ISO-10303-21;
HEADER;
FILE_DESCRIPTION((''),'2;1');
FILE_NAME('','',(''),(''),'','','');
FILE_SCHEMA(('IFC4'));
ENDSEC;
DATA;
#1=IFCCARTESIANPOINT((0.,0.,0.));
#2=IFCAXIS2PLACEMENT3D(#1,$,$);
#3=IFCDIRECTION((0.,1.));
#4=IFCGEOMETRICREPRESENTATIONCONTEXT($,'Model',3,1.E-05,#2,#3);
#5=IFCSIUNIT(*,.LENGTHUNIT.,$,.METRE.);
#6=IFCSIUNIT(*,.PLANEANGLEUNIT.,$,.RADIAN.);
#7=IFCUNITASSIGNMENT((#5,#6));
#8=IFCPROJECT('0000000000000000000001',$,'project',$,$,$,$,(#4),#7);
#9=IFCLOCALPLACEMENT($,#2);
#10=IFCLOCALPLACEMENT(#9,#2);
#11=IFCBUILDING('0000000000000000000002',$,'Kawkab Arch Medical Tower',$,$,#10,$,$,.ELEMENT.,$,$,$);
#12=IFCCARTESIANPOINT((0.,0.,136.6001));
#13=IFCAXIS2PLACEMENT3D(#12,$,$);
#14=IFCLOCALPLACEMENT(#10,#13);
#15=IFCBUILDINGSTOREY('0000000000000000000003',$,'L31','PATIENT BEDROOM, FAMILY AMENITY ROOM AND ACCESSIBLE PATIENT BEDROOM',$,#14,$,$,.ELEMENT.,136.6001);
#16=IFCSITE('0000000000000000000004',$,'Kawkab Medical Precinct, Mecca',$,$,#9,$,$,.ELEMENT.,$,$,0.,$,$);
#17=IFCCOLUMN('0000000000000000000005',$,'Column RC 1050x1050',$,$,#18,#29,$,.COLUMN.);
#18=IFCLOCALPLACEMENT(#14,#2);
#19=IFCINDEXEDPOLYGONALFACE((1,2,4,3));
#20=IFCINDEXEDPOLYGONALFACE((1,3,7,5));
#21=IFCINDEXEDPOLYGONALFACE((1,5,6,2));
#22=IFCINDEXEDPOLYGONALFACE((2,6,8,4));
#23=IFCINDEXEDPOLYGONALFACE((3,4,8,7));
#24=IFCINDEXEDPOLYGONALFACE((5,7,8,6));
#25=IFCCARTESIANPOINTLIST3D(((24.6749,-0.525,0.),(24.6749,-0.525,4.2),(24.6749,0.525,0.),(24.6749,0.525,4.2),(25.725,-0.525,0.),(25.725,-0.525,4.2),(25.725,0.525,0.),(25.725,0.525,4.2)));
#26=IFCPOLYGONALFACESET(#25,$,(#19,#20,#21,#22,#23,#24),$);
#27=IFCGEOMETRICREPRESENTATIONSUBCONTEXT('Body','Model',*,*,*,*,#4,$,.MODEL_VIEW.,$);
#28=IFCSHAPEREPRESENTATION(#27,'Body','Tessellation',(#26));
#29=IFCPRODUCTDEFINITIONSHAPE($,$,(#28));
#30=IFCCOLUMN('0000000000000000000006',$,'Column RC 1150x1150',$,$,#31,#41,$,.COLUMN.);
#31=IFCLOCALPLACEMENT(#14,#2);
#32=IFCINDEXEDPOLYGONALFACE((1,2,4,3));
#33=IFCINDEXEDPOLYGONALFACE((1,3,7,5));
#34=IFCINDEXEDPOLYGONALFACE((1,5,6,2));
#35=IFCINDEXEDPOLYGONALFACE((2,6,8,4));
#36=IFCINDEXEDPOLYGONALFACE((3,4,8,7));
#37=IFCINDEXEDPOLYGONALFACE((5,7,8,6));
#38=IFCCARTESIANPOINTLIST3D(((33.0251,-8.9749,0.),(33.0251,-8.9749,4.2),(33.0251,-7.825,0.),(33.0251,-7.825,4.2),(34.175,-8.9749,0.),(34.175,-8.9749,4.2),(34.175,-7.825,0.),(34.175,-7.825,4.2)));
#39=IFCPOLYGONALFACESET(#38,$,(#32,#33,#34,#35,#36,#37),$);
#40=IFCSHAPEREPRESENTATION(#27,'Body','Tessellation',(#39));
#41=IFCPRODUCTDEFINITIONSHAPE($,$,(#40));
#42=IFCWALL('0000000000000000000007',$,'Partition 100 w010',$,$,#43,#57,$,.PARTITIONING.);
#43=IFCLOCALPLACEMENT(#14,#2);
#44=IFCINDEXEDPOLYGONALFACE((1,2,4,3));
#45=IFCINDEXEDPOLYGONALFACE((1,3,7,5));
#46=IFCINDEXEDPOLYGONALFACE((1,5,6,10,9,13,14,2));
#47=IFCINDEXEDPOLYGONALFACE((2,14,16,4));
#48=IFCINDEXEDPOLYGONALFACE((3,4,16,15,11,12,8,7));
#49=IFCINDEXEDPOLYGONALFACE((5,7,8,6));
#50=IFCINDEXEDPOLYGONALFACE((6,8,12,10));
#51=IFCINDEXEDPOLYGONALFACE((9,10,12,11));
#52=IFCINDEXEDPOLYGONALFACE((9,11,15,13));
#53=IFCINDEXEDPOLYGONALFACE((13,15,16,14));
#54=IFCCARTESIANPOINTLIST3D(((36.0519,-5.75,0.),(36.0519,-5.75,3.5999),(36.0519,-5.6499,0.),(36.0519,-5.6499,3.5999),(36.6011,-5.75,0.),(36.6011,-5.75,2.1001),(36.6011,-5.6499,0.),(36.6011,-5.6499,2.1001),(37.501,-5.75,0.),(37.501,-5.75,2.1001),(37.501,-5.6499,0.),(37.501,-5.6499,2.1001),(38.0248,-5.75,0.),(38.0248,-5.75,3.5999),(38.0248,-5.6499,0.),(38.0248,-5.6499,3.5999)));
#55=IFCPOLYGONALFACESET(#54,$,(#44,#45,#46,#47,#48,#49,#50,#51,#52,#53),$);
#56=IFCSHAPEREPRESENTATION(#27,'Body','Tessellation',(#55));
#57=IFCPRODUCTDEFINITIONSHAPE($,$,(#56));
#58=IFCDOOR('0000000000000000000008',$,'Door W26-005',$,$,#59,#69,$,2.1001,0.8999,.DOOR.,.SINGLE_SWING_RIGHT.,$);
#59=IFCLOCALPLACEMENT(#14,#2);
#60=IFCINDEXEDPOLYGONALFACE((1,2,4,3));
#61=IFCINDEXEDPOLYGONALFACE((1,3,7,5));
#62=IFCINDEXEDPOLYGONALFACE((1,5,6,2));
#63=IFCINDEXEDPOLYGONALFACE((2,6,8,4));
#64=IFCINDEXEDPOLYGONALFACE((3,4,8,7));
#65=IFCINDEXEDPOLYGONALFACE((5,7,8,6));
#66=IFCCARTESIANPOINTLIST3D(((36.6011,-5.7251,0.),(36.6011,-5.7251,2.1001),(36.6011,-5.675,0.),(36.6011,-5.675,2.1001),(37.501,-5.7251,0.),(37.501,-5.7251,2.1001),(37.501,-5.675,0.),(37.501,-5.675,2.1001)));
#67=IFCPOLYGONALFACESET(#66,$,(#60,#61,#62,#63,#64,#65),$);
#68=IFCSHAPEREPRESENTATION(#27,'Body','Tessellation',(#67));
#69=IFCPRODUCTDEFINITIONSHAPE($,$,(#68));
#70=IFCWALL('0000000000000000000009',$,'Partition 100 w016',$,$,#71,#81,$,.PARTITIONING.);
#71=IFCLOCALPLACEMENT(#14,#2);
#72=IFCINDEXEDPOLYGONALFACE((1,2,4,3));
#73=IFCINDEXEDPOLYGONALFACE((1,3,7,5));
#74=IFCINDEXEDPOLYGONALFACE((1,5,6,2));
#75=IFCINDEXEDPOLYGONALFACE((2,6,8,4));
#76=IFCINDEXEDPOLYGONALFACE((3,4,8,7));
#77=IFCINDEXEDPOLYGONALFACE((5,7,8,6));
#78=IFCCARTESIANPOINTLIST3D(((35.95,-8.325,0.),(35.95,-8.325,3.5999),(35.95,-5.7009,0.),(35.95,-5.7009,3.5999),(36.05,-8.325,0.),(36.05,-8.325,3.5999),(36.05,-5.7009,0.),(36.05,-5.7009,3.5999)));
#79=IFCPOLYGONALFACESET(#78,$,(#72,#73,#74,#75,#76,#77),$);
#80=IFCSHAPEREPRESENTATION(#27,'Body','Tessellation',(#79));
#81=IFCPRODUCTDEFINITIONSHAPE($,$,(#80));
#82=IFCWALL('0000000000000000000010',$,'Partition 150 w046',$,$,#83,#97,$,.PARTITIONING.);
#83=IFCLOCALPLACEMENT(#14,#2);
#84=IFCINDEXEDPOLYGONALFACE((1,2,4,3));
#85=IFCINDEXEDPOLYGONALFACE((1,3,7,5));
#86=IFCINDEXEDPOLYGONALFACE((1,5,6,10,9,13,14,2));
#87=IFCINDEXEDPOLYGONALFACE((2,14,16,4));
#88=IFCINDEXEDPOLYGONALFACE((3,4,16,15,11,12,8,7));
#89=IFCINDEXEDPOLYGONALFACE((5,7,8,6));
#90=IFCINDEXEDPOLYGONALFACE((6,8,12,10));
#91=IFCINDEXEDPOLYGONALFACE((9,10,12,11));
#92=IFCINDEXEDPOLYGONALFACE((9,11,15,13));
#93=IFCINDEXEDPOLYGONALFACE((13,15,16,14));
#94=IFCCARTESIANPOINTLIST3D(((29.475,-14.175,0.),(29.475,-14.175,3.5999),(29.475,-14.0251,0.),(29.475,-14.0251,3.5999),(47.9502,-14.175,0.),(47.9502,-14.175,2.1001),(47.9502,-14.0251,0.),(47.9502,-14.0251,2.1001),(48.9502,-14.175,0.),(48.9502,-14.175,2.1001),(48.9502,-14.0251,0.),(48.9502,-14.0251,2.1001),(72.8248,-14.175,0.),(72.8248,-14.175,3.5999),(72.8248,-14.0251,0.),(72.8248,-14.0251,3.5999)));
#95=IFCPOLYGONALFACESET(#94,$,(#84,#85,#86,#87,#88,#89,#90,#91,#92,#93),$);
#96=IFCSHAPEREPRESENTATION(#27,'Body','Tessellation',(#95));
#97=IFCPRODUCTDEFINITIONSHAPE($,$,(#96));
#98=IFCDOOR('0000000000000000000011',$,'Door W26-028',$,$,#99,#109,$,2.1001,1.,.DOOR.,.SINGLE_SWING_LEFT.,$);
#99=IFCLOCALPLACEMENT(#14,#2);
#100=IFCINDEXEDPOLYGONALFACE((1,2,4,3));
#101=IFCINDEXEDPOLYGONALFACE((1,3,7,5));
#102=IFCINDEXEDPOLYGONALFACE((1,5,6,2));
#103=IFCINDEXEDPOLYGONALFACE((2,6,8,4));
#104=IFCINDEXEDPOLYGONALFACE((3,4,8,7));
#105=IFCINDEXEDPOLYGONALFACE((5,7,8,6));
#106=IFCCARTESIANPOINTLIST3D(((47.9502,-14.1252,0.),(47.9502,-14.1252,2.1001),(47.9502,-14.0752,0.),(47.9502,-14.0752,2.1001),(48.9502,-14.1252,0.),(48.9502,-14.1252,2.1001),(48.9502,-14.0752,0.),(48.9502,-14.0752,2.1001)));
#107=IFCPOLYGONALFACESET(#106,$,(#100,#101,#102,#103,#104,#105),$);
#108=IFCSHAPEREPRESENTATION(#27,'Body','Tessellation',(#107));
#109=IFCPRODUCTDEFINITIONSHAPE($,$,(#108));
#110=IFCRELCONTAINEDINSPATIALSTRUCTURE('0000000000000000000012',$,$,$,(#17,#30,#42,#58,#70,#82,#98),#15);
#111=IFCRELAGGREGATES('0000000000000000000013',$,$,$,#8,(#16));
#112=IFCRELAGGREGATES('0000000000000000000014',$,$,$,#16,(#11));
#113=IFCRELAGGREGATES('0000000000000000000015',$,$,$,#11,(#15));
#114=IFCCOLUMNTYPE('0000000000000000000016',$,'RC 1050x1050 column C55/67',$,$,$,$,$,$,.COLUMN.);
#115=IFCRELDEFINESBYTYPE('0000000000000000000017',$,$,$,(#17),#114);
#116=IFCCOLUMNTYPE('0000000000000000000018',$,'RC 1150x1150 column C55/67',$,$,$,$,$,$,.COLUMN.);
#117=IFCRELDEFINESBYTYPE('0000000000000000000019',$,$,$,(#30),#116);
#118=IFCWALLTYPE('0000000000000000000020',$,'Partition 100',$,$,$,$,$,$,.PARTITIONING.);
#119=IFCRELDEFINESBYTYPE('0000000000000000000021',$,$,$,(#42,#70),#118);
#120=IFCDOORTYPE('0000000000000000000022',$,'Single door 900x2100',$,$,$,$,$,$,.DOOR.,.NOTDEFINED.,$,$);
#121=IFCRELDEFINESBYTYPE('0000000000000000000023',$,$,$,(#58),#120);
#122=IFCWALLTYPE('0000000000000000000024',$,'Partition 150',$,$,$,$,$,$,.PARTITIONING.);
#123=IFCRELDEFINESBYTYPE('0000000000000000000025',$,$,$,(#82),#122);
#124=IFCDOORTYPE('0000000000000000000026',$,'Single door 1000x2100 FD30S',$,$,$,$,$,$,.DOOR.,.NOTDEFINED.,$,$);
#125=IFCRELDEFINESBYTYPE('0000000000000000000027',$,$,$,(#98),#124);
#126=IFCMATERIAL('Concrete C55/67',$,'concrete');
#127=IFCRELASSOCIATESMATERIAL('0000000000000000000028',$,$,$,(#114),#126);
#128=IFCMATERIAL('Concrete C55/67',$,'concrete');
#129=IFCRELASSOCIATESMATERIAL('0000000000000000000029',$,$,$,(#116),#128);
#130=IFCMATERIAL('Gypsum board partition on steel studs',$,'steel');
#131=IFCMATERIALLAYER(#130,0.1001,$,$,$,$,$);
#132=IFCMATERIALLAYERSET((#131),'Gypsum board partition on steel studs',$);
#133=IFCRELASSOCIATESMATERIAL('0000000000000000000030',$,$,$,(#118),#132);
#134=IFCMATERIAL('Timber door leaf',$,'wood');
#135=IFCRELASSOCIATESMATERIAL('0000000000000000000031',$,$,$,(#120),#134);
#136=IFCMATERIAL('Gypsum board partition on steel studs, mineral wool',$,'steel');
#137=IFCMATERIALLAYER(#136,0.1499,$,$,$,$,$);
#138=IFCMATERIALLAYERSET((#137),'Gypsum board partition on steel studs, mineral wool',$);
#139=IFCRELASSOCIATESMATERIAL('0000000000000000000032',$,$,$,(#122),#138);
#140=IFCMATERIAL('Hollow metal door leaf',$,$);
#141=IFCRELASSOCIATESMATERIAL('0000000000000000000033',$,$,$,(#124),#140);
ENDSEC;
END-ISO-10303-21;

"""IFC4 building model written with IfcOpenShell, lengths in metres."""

from ifc_helpers import new_model, si_unit, direction, frame, frame_2d, origin, origin_2d, place, context, subcontext, project, spatial, rectangle, extrude, material, layer, layer_set, material_profile, profile_set, type_object, element, fill, save


model = new_model("IFC4")

# Units and contexts
model_context = context("Model", 3, precision=1e-05, world=origin(), true_north=direction((0.0, 1.0)))
body_context = subcontext(model_context, "Body", "Model", "MODEL_VIEW")
ifc_project = project(units=[si_unit("LENGTHUNIT", "METRE"), si_unit("PLANEANGLEUNIT", "RADIAN")], contexts=[model_context])

# Site, building, storey
site_placement = place(None, origin())
site = spatial("IfcSite", under=ifc_project, at=site_placement, Name="Kawkab Medical Precinct, Mecca", CompositionType="ELEMENT", RefElevation=0.0)
building_placement = place(site_placement, origin())
building = spatial("IfcBuilding", under=site, at=building_placement, Name="Kawkab Arch Medical Tower", CompositionType="ELEMENT")
storey_placement = place(building_placement, frame((0.0, 0.0, 136.6001)))
storey = spatial("IfcBuildingStorey", under=building, at=storey_placement, Name="L31", Description="PATIENT BEDROOM, FAMILY AMENITY ROOM AND ACCESSIBLE PATIENT BEDROOM", CompositionType="ELEMENT", Elevation=136.6001)

# Columns
ifc_material_1 = material(Name="Concrete C55/67", Category="concrete")
ifc_material_profile_1 = material_profile(ifc_material_1, rectangle(XDim=1.05, YDim=1.05, at=origin_2d()), Name="RC 1050x1050")
ifc_profile_set_1 = profile_set([ifc_material_profile_1], Name="Concrete C55/67")
column_type_1 = type_object("IfcColumnType", Name="RC 1050x1050 column C55/67", PredefinedType="COLUMN", material=ifc_profile_set_1)
column_1_placement = place(storey_placement, frame((25.2, 0.0, 0.0), z_axis=(0.0, 0.0, 1.0), x_axis=(1.0, 0.0, 0.0)))
element("IfcColumn", 1, at=column_1_placement, inside=storey, type_object=column_type_1, Name="Column RC 1050x1050", PredefinedType="COLUMN", context=body_context, shape_type="SweptSolid", body=[
    extrude(rectangle(XDim=1.05, YDim=1.05, at=origin_2d()), origin(), (0.0, 0.0, 1.0), 4.2),
])
ifc_material_2 = material(Name="Concrete C55/67", Category="concrete")
ifc_material_profile_2 = material_profile(ifc_material_2, rectangle(XDim=1.1499, YDim=1.1499, at=origin_2d()), Name="RC 1150x1150")
ifc_profile_set_2 = profile_set([ifc_material_profile_2], Name="Concrete C55/67")
column_type_2 = type_object("IfcColumnType", Name="RC 1150x1150 column C55/67", PredefinedType="COLUMN", material=ifc_profile_set_2)
column_2_placement = place(storey_placement, frame((33.6001, -8.3999, 0.0), z_axis=(0.0, 0.0, 1.0), x_axis=(1.0, 0.0, 0.0)))
element("IfcColumn", 2, at=column_2_placement, inside=storey, type_object=column_type_2, Name="Column RC 1150x1150", PredefinedType="COLUMN", context=body_context, shape_type="SweptSolid", body=[
    extrude(rectangle(XDim=1.1499, YDim=1.1499, at=origin_2d()), origin(), (0.0, 0.0, 1.0), 4.2),
])

# Wall, opening, door
ifc_material_3 = material(Name="Gypsum board partition on steel studs", Category="steel")
ifc_layer_1 = layer(ifc_material_3, 0.1001)
ifc_layer_set_1 = layer_set([ifc_layer_1], Name="Gypsum board partition on steel studs")
wall_type_1 = type_object("IfcWallType", Name="Partition 100", PredefinedType="PARTITIONING", material=ifc_layer_set_1)
wall_1_placement = place(storey_placement, frame((36.052, -5.7, 0.0), z_axis=(0.0, 0.0, 1.0), x_axis=(1.0, 0.0, 0.0)))
wall_1 = element("IfcWall", 3, at=wall_1_placement, inside=storey, type_object=wall_type_1, Name="Partition 100 w010", PredefinedType="PARTITIONING", context=body_context, shape_type="SweptSolid", body=[
    extrude(rectangle(XDim=1.9729, YDim=0.1001, at=frame_2d((0.9863, 0.0))), origin(), (0.0, 0.0, 1.0), 3.5999),
])
opening_1_placement = place(wall_1_placement, frame((0.5491, 0.0, 0.0)))
opening_1 = element("IfcOpeningElement", 4, at=opening_1_placement, cuts=wall_1, PredefinedType="OPENING", context=body_context, shape_type="SweptSolid", body=[
    extrude(rectangle(XDim=0.8999, YDim=2.1001, at=frame_2d((0.45, 1.05))), frame((0.0, 0.0601, 0.0), z_axis=(0.0, -1.0, 0.0), x_axis=(1.0, 0.0, 0.0)), (0.0, 0.0, 1.0), 0.1201),
])
ifc_material_4 = material(Name="Timber door leaf", Category="wood")
door_type_1 = type_object("IfcDoorType", Name="Single door 900x2100", OperationType="NOTDEFINED", PredefinedType="DOOR", material=ifc_material_4)
door_1_placement = place(opening_1_placement, origin())
door_1 = element("IfcDoor", 5, at=door_1_placement, inside=storey, type_object=door_type_1, Name="Door W26-005", OperationType="SINGLE_SWING_RIGHT", OverallHeight=2.1001, OverallWidth=0.8999, PredefinedType="DOOR", context=body_context, shape_type="SweptSolid", body=[
    extrude(rectangle(XDim=0.8999, YDim=2.1001, at=frame_2d((0.45, 1.05))), frame((0.0, 0.0249, 0.0), z_axis=(0.0, -1.0, 0.0), x_axis=(1.0, 0.0, 0.0)), (0.0, 0.0, 1.0), 0.05),
])
fill(opening_1, door_1)

# Wall
wall_2_placement = place(storey_placement, frame((36.0, -8.325, 0.0), z_axis=(0.0, 0.0, 1.0), x_axis=(0.0, 1.0, 0.0)))
element("IfcWall", 6, at=wall_2_placement, inside=storey, type_object=wall_type_1, Name="Partition 100 w016", PredefinedType="PARTITIONING", context=body_context, shape_type="SweptSolid", body=[
    extrude(rectangle(XDim=2.624, YDim=0.1001, at=frame_2d((1.312, 0.0))), origin(), (0.0, 0.0, 1.0), 3.5999),
])

# Wall, opening, door
ifc_material_5 = material(Name="Gypsum board partition on steel studs, mineral wool", Category="steel")
ifc_layer_2 = layer(ifc_material_5, 0.1499)
ifc_layer_set_2 = layer_set([ifc_layer_2], Name="Gypsum board partition on steel studs, mineral wool")
wall_type_2 = type_object("IfcWallType", Name="Partition 150", PredefinedType="PARTITIONING", material=ifc_layer_set_2)
wall_3_placement = place(storey_placement, frame((29.4751, -14.1001, 0.0), z_axis=(0.0, 0.0, 1.0), x_axis=(1.0, 0.0, 0.0)))
wall_3 = element("IfcWall", 7, at=wall_3_placement, inside=storey, type_object=wall_type_2, Name="Partition 150 w046", PredefinedType="PARTITIONING", context=body_context, shape_type="SweptSolid", body=[
    extrude(rectangle(XDim=43.3499, YDim=0.1499, at=frame_2d((21.6748, 0.0))), origin(), (0.0, 0.0, 1.0), 3.5999),
])
opening_2_placement = place(wall_3_placement, frame((18.4751, 0.0, 0.0)))
opening_2 = element("IfcOpeningElement", 8, at=opening_2_placement, cuts=wall_3, PredefinedType="OPENING", context=body_context, shape_type="SweptSolid", body=[
    extrude(rectangle(XDim=1.0, YDim=2.1001, at=frame_2d((0.5, 1.05))), frame((0.0, 0.085, 0.0), z_axis=(0.0, -1.0, 0.0), x_axis=(1.0, 0.0, 0.0)), (0.0, 0.0, 1.0), 0.1699),
])
ifc_material_6 = material(Name="Hollow metal door leaf")
door_type_2 = type_object("IfcDoorType", Name="Single door 1000x2100 FD30S", OperationType="NOTDEFINED", PredefinedType="DOOR", material=ifc_material_6)
door_2_placement = place(opening_2_placement, origin())
door_2 = element("IfcDoor", 9, at=door_2_placement, inside=storey, type_object=door_type_2, Name="Door W26-028", OperationType="SINGLE_SWING_LEFT", OverallHeight=2.1001, OverallWidth=1.0, PredefinedType="DOOR", context=body_context, shape_type="SweptSolid", body=[
    extrude(rectangle(XDim=1.0, YDim=2.1001, at=frame_2d((0.5, 1.05))), frame((0.0, 0.0249, 0.0), z_axis=(0.0, -1.0, 0.0), x_axis=(1.0, 0.0, 0.0)), (0.0, 0.0, 1.0), 0.05),
])
fill(opening_2, door_2)

save(model, "model.ifc")
